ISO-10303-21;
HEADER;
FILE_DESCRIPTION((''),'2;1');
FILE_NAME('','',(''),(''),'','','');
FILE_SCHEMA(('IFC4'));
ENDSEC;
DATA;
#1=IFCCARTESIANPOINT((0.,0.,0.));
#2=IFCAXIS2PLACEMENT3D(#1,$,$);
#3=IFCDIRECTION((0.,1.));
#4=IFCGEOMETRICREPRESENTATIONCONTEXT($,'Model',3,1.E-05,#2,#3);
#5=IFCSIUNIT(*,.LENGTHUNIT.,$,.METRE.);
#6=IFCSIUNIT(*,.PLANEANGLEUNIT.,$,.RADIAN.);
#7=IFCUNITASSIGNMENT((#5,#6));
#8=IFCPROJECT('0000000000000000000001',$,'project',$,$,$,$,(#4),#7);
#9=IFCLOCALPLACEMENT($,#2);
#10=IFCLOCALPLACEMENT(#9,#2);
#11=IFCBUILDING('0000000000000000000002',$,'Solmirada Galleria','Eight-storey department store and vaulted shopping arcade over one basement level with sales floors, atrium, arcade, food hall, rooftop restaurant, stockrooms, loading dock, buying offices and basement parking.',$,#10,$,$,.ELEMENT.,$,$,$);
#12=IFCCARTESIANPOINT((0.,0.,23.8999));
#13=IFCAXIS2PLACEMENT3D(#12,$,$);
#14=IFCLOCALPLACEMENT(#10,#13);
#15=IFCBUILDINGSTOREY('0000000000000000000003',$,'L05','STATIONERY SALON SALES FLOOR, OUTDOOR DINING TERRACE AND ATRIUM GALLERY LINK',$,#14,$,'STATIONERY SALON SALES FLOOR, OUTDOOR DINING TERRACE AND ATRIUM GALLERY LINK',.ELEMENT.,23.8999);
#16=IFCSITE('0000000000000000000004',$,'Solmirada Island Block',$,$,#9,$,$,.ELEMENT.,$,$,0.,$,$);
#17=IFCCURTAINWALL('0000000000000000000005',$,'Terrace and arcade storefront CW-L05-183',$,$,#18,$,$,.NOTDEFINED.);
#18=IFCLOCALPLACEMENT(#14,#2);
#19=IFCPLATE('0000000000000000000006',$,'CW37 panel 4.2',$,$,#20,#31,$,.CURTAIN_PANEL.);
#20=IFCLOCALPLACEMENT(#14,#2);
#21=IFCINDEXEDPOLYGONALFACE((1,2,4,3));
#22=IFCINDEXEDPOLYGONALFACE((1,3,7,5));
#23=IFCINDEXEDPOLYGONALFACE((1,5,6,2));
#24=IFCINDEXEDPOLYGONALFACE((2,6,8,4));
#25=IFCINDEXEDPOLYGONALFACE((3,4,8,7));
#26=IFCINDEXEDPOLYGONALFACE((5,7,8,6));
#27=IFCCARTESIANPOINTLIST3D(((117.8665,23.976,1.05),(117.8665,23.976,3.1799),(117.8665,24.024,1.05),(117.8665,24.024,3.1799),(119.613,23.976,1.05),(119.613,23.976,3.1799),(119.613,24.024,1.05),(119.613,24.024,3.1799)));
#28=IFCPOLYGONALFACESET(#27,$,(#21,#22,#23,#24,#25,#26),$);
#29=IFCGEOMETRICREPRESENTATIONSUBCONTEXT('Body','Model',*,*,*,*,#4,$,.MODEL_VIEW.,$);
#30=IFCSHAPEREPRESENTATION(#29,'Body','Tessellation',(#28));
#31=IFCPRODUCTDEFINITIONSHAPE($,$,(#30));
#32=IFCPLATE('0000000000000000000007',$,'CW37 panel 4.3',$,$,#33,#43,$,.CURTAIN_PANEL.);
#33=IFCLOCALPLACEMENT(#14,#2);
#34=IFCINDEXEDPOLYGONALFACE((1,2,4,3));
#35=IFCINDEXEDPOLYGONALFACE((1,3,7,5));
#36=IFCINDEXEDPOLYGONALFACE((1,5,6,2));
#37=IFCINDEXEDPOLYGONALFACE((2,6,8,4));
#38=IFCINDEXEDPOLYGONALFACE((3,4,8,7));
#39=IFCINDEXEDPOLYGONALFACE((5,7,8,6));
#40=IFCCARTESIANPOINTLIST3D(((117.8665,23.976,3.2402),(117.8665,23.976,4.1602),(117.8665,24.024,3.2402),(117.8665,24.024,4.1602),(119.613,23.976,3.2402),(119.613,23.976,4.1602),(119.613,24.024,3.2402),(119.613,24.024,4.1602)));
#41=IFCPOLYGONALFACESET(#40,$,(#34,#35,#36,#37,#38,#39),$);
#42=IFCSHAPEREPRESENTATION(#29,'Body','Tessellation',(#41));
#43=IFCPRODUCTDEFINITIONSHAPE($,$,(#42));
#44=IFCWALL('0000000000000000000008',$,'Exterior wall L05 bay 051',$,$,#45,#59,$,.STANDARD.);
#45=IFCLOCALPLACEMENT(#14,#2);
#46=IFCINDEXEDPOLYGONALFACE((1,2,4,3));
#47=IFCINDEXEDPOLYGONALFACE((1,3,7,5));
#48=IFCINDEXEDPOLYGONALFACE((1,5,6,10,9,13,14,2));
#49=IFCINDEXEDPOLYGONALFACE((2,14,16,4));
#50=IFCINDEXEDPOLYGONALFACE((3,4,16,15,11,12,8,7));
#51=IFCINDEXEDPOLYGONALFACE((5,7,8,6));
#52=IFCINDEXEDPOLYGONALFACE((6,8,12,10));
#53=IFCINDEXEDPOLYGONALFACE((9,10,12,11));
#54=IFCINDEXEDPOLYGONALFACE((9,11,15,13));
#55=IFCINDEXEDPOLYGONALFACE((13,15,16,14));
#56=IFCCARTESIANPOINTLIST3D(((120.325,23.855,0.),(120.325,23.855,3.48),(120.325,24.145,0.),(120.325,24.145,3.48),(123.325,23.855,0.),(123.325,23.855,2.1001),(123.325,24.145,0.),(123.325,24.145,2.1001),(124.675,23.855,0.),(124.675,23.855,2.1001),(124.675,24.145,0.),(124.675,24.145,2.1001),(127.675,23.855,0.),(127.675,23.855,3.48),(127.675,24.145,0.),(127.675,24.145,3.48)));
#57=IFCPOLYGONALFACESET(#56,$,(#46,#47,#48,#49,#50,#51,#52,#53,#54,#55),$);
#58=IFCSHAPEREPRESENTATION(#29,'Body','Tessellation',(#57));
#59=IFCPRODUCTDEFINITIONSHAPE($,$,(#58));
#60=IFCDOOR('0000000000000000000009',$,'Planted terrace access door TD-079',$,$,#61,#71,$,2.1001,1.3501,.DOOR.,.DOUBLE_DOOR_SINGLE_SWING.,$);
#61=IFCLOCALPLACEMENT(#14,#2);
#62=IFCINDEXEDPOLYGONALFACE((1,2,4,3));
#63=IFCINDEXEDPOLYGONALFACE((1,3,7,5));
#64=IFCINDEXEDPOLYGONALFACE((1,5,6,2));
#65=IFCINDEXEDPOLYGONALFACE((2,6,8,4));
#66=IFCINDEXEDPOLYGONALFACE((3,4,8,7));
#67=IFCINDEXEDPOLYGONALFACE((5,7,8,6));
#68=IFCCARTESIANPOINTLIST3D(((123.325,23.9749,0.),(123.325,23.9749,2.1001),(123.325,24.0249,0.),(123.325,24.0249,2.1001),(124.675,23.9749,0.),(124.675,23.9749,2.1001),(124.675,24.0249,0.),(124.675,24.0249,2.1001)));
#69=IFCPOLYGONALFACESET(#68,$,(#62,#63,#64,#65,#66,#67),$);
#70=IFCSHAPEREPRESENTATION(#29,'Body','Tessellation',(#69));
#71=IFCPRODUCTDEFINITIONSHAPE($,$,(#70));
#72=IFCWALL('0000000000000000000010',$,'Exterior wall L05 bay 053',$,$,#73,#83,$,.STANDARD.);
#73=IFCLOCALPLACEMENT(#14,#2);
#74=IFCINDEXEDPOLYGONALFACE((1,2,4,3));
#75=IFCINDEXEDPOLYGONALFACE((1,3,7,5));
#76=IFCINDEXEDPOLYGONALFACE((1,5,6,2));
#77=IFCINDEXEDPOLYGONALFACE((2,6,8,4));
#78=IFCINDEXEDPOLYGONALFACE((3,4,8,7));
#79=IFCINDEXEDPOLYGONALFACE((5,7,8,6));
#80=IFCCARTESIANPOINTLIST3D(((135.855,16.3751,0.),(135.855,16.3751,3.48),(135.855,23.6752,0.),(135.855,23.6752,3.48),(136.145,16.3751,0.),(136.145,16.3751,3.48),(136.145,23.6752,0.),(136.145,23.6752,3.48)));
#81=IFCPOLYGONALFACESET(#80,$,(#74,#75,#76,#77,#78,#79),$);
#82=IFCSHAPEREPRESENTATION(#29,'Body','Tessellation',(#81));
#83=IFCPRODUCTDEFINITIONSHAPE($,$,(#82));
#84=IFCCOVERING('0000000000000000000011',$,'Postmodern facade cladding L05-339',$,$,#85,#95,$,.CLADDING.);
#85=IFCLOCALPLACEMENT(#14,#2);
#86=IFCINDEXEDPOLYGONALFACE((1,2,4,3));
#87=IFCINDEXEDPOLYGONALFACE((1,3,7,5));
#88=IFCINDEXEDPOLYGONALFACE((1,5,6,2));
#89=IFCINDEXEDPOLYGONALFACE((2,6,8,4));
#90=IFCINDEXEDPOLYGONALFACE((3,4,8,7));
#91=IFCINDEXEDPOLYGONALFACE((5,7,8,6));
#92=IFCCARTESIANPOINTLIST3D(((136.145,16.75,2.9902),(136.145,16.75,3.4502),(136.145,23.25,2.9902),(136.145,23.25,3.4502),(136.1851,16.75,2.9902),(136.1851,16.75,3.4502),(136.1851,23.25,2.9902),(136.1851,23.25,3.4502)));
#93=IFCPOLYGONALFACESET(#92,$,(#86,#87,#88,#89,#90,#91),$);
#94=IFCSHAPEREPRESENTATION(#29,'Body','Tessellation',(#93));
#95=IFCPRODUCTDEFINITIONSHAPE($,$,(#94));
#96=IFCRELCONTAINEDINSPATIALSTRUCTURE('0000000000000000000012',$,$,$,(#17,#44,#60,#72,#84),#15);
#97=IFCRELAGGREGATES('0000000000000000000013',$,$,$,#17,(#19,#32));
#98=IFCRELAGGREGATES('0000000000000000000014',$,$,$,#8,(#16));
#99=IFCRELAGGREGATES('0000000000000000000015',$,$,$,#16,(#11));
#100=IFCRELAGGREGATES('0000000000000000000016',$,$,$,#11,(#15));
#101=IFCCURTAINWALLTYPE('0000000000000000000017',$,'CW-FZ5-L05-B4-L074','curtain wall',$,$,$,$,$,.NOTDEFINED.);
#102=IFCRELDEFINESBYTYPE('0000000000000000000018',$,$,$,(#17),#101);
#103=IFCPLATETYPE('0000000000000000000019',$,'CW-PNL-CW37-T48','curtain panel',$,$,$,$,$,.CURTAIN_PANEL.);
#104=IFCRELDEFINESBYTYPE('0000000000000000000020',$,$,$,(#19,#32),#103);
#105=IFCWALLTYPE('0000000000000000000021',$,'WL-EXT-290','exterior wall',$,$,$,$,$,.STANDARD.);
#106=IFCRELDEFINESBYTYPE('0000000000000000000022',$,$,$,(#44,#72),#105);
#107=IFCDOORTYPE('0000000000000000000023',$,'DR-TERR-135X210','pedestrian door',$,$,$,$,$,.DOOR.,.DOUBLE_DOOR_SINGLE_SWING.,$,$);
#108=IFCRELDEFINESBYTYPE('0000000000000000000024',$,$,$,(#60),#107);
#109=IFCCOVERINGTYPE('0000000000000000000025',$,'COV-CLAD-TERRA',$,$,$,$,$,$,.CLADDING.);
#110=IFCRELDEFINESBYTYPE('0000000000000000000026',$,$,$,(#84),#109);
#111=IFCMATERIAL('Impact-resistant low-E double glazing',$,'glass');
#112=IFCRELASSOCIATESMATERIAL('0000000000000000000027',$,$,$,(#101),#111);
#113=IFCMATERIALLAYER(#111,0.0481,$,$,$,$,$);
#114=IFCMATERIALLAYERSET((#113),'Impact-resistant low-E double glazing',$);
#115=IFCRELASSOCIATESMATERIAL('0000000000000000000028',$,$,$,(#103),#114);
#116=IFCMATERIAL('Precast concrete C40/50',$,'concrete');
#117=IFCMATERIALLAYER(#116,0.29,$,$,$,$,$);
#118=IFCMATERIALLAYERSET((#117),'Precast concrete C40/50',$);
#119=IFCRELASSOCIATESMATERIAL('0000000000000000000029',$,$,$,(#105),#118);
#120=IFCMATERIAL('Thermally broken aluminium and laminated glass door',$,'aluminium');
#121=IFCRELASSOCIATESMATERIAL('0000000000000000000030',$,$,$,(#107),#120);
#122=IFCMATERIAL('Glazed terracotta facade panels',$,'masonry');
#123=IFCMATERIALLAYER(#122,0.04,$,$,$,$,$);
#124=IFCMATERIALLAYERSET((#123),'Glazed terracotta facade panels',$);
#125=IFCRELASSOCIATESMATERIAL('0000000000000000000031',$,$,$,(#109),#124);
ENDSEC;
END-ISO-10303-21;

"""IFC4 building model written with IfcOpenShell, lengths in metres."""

from ifc_helpers import new_model, si_unit, direction, frame, frame_2d, origin, origin_2d, place, context, subcontext, project, spatial, rectangle, extrude, material, layer, layer_set, type_object, element, fill, aggregate, save


model = new_model("IFC4")

# Units and contexts
model_context = context("Model", 3, precision=1e-05, world=origin(), true_north=direction((0.0, 1.0)))
body_context = subcontext(model_context, "Body", "Model", "MODEL_VIEW")
ifc_project = project(units=[si_unit("LENGTHUNIT", "METRE"), si_unit("PLANEANGLEUNIT", "RADIAN")], contexts=[model_context])

# Site, building, storey
site_placement = place(None, origin())
site = spatial("IfcSite", under=ifc_project, at=site_placement, Name="Solmirada Island Block", CompositionType="ELEMENT", RefElevation=0.0)
building_placement = place(site_placement, origin())
building = spatial("IfcBuilding", under=site, at=building_placement, Name="Solmirada Galleria", Description="Eight-storey department store and vaulted shopping arcade over one basement level with sales floors, atrium, arcade, food hall, rooftop restaurant, stockrooms, loading dock, buying offices and basement parking.", CompositionType="ELEMENT")
storey_placement = place(building_placement, frame((0.0, 0.0, 23.8999)))
storey = spatial("IfcBuildingStorey", under=building, at=storey_placement, Name="L05", Description="STATIONERY SALON SALES FLOOR, OUTDOOR DINING TERRACE AND ATRIUM GALLERY LINK", LongName="STATIONERY SALON SALES FLOOR, OUTDOOR DINING TERRACE AND ATRIUM GALLERY LINK", CompositionType="ELEMENT", Elevation=23.8999)

# Curtain wall
ifc_material_1 = material(Name="Impact-resistant low-E double glazing", Category="glass")
curtain_wall_type = type_object("IfcCurtainWallType", Name="CW-FZ5-L05-B4-L074", Description="curtain wall", PredefinedType="NOTDEFINED", material=ifc_material_1)
curtain_wall_1_placement = place(storey_placement, origin())
curtain_wall_1 = element("IfcCurtainWall", 1, at=curtain_wall_1_placement, inside=storey, type_object=curtain_wall_type, Name="Terrace and arcade storefront CW-L05-183", PredefinedType="NOTDEFINED")

# Plates
ifc_layer_1 = layer(ifc_material_1, 0.0481)
ifc_layer_set_1 = layer_set([ifc_layer_1], Name="Impact-resistant low-E double glazing")
plate_type = type_object("IfcPlateType", Name="CW-PNL-CW37-T48", Description="curtain panel", PredefinedType="CURTAIN_PANEL", material=ifc_layer_set_1)
plate_1_placement = place(storey_placement, frame((118.7397, 24.0, 1.05), z_axis=(0.0, 0.0, 1.0), x_axis=(1.0, 0.0, 0.0)))
plate_1 = element("IfcPlate", 2, at=plate_1_placement, type_object=plate_type, Name="CW37 panel 4.2", PredefinedType="CURTAIN_PANEL", context=body_context, shape_type="SweptSolid", body=[
    extrude(rectangle(XDim=1.7466, YDim=0.0481, at=origin_2d()), origin(), (0.0, 0.0, 1.0), 2.1299),
])
plate_2_placement = place(storey_placement, frame((118.7397, 24.0, 3.2402), z_axis=(0.0, 0.0, 1.0), x_axis=(1.0, 0.0, 0.0)))
plate_2 = element("IfcPlate", 3, at=plate_2_placement, type_object=plate_type, Name="CW37 panel 4.3", PredefinedType="CURTAIN_PANEL", context=body_context, shape_type="SweptSolid", body=[
    extrude(rectangle(XDim=1.7466, YDim=0.0481, at=origin_2d()), origin(), (0.0, 0.0, 1.0), 0.9199),
])
aggregate(curtain_wall_1, [plate_1, plate_2])

# Wall, opening, door
ifc_material_2 = material(Name="Precast concrete C40/50", Category="concrete")
ifc_layer_2 = layer(ifc_material_2, 0.29)
ifc_layer_set_2 = layer_set([ifc_layer_2], Name="Precast concrete C40/50")
wall_type = type_object("IfcWallType", Name="WL-EXT-290", Description="exterior wall", PredefinedType="STANDARD", material=ifc_layer_set_2)
wall_1_placement = place(storey_placement, frame((120.325, 24.0, 0.0), z_axis=(0.0, 0.0, 1.0), x_axis=(1.0, 0.0, 0.0)))
wall_1 = element("IfcWall", 4, at=wall_1_placement, inside=storey, type_object=wall_type, Name="Exterior wall L05 bay 051", PredefinedType="STANDARD", context=body_context, shape_type="SweptSolid", body=[
    extrude(rectangle(XDim=7.3501, YDim=0.29, at=frame_2d((3.675, 0.0))), origin(), (0.0, 0.0, 1.0), 3.48),
])
opening_placement = place(wall_1_placement, frame((3.0, 0.0, 0.0)))
opening = element("IfcOpeningElement", 5, at=opening_placement, cuts=wall_1, PredefinedType="OPENING", context=body_context, shape_type="SweptSolid", body=[
    extrude(rectangle(XDim=1.3501, YDim=2.1001, at=frame_2d((0.675, 1.05))), frame((0.0, 0.155, 0.0), z_axis=(0.0, -1.0, 0.0), x_axis=(1.0, 0.0, 0.0)), (0.0, 0.0, 1.0), 0.3101),
])
ifc_material_3 = material(Name="Thermally broken aluminium and laminated glass door", Category="aluminium")
door_type = type_object("IfcDoorType", Name="DR-TERR-135X210", Description="pedestrian door", OperationType="DOUBLE_DOOR_SINGLE_SWING", PredefinedType="DOOR", material=ifc_material_3)
door_placement = place(opening_placement, origin())
door = element("IfcDoor", 6, at=door_placement, inside=storey, type_object=door_type, Name="Planted terrace access door TD-079", OperationType="DOUBLE_DOOR_SINGLE_SWING", OverallHeight=2.1001, OverallWidth=1.3501, PredefinedType="DOOR", context=body_context, shape_type="SweptSolid", body=[
    extrude(rectangle(XDim=1.3501, YDim=2.1001, at=frame_2d((0.675, 1.05))), frame((0.0, 0.0249, 0.0), z_axis=(0.0, -1.0, 0.0), x_axis=(1.0, 0.0, 0.0)), (0.0, 0.0, 1.0), 0.05),
])
fill(opening, door)

# Wall
wall_2_placement = place(storey_placement, frame((136.0, 23.675, 0.0), z_axis=(0.0, 0.0, 1.0), x_axis=(0.0, -1.0, 0.0)))
element("IfcWall", 7, at=wall_2_placement, inside=storey, type_object=wall_type, Name="Exterior wall L05 bay 053", PredefinedType="STANDARD", context=body_context, shape_type="SweptSolid", body=[
    extrude(rectangle(XDim=7.3, YDim=0.29, at=frame_2d((3.6499, 0.0))), origin(), (0.0, 0.0, 1.0), 3.48),
])

# Covering
ifc_material_4 = material(Name="Glazed terracotta facade panels", Category="masonry")
ifc_layer_3 = layer(ifc_material_4, 0.04)
ifc_layer_set_3 = layer_set([ifc_layer_3], Name="Glazed terracotta facade panels")
covering_type = type_object("IfcCoveringType", Name="COV-CLAD-TERRA", PredefinedType="CLADDING", material=ifc_layer_set_3)
covering_placement = place(storey_placement, frame((136.165, 20.0, 2.9902), z_axis=(0.0, 0.0, 1.0), x_axis=(0.0, -1.0, 0.0)))
element("IfcCovering", 8, at=covering_placement, inside=storey, type_object=covering_type, Name="Postmodern facade cladding L05-339", PredefinedType="CLADDING", context=body_context, shape_type="SweptSolid", body=[
    extrude(rectangle(XDim=6.5, YDim=0.04, at=origin_2d()), origin(), (0.0, 0.0, 1.0), 0.46),
])

save(model, "model.ifc")
